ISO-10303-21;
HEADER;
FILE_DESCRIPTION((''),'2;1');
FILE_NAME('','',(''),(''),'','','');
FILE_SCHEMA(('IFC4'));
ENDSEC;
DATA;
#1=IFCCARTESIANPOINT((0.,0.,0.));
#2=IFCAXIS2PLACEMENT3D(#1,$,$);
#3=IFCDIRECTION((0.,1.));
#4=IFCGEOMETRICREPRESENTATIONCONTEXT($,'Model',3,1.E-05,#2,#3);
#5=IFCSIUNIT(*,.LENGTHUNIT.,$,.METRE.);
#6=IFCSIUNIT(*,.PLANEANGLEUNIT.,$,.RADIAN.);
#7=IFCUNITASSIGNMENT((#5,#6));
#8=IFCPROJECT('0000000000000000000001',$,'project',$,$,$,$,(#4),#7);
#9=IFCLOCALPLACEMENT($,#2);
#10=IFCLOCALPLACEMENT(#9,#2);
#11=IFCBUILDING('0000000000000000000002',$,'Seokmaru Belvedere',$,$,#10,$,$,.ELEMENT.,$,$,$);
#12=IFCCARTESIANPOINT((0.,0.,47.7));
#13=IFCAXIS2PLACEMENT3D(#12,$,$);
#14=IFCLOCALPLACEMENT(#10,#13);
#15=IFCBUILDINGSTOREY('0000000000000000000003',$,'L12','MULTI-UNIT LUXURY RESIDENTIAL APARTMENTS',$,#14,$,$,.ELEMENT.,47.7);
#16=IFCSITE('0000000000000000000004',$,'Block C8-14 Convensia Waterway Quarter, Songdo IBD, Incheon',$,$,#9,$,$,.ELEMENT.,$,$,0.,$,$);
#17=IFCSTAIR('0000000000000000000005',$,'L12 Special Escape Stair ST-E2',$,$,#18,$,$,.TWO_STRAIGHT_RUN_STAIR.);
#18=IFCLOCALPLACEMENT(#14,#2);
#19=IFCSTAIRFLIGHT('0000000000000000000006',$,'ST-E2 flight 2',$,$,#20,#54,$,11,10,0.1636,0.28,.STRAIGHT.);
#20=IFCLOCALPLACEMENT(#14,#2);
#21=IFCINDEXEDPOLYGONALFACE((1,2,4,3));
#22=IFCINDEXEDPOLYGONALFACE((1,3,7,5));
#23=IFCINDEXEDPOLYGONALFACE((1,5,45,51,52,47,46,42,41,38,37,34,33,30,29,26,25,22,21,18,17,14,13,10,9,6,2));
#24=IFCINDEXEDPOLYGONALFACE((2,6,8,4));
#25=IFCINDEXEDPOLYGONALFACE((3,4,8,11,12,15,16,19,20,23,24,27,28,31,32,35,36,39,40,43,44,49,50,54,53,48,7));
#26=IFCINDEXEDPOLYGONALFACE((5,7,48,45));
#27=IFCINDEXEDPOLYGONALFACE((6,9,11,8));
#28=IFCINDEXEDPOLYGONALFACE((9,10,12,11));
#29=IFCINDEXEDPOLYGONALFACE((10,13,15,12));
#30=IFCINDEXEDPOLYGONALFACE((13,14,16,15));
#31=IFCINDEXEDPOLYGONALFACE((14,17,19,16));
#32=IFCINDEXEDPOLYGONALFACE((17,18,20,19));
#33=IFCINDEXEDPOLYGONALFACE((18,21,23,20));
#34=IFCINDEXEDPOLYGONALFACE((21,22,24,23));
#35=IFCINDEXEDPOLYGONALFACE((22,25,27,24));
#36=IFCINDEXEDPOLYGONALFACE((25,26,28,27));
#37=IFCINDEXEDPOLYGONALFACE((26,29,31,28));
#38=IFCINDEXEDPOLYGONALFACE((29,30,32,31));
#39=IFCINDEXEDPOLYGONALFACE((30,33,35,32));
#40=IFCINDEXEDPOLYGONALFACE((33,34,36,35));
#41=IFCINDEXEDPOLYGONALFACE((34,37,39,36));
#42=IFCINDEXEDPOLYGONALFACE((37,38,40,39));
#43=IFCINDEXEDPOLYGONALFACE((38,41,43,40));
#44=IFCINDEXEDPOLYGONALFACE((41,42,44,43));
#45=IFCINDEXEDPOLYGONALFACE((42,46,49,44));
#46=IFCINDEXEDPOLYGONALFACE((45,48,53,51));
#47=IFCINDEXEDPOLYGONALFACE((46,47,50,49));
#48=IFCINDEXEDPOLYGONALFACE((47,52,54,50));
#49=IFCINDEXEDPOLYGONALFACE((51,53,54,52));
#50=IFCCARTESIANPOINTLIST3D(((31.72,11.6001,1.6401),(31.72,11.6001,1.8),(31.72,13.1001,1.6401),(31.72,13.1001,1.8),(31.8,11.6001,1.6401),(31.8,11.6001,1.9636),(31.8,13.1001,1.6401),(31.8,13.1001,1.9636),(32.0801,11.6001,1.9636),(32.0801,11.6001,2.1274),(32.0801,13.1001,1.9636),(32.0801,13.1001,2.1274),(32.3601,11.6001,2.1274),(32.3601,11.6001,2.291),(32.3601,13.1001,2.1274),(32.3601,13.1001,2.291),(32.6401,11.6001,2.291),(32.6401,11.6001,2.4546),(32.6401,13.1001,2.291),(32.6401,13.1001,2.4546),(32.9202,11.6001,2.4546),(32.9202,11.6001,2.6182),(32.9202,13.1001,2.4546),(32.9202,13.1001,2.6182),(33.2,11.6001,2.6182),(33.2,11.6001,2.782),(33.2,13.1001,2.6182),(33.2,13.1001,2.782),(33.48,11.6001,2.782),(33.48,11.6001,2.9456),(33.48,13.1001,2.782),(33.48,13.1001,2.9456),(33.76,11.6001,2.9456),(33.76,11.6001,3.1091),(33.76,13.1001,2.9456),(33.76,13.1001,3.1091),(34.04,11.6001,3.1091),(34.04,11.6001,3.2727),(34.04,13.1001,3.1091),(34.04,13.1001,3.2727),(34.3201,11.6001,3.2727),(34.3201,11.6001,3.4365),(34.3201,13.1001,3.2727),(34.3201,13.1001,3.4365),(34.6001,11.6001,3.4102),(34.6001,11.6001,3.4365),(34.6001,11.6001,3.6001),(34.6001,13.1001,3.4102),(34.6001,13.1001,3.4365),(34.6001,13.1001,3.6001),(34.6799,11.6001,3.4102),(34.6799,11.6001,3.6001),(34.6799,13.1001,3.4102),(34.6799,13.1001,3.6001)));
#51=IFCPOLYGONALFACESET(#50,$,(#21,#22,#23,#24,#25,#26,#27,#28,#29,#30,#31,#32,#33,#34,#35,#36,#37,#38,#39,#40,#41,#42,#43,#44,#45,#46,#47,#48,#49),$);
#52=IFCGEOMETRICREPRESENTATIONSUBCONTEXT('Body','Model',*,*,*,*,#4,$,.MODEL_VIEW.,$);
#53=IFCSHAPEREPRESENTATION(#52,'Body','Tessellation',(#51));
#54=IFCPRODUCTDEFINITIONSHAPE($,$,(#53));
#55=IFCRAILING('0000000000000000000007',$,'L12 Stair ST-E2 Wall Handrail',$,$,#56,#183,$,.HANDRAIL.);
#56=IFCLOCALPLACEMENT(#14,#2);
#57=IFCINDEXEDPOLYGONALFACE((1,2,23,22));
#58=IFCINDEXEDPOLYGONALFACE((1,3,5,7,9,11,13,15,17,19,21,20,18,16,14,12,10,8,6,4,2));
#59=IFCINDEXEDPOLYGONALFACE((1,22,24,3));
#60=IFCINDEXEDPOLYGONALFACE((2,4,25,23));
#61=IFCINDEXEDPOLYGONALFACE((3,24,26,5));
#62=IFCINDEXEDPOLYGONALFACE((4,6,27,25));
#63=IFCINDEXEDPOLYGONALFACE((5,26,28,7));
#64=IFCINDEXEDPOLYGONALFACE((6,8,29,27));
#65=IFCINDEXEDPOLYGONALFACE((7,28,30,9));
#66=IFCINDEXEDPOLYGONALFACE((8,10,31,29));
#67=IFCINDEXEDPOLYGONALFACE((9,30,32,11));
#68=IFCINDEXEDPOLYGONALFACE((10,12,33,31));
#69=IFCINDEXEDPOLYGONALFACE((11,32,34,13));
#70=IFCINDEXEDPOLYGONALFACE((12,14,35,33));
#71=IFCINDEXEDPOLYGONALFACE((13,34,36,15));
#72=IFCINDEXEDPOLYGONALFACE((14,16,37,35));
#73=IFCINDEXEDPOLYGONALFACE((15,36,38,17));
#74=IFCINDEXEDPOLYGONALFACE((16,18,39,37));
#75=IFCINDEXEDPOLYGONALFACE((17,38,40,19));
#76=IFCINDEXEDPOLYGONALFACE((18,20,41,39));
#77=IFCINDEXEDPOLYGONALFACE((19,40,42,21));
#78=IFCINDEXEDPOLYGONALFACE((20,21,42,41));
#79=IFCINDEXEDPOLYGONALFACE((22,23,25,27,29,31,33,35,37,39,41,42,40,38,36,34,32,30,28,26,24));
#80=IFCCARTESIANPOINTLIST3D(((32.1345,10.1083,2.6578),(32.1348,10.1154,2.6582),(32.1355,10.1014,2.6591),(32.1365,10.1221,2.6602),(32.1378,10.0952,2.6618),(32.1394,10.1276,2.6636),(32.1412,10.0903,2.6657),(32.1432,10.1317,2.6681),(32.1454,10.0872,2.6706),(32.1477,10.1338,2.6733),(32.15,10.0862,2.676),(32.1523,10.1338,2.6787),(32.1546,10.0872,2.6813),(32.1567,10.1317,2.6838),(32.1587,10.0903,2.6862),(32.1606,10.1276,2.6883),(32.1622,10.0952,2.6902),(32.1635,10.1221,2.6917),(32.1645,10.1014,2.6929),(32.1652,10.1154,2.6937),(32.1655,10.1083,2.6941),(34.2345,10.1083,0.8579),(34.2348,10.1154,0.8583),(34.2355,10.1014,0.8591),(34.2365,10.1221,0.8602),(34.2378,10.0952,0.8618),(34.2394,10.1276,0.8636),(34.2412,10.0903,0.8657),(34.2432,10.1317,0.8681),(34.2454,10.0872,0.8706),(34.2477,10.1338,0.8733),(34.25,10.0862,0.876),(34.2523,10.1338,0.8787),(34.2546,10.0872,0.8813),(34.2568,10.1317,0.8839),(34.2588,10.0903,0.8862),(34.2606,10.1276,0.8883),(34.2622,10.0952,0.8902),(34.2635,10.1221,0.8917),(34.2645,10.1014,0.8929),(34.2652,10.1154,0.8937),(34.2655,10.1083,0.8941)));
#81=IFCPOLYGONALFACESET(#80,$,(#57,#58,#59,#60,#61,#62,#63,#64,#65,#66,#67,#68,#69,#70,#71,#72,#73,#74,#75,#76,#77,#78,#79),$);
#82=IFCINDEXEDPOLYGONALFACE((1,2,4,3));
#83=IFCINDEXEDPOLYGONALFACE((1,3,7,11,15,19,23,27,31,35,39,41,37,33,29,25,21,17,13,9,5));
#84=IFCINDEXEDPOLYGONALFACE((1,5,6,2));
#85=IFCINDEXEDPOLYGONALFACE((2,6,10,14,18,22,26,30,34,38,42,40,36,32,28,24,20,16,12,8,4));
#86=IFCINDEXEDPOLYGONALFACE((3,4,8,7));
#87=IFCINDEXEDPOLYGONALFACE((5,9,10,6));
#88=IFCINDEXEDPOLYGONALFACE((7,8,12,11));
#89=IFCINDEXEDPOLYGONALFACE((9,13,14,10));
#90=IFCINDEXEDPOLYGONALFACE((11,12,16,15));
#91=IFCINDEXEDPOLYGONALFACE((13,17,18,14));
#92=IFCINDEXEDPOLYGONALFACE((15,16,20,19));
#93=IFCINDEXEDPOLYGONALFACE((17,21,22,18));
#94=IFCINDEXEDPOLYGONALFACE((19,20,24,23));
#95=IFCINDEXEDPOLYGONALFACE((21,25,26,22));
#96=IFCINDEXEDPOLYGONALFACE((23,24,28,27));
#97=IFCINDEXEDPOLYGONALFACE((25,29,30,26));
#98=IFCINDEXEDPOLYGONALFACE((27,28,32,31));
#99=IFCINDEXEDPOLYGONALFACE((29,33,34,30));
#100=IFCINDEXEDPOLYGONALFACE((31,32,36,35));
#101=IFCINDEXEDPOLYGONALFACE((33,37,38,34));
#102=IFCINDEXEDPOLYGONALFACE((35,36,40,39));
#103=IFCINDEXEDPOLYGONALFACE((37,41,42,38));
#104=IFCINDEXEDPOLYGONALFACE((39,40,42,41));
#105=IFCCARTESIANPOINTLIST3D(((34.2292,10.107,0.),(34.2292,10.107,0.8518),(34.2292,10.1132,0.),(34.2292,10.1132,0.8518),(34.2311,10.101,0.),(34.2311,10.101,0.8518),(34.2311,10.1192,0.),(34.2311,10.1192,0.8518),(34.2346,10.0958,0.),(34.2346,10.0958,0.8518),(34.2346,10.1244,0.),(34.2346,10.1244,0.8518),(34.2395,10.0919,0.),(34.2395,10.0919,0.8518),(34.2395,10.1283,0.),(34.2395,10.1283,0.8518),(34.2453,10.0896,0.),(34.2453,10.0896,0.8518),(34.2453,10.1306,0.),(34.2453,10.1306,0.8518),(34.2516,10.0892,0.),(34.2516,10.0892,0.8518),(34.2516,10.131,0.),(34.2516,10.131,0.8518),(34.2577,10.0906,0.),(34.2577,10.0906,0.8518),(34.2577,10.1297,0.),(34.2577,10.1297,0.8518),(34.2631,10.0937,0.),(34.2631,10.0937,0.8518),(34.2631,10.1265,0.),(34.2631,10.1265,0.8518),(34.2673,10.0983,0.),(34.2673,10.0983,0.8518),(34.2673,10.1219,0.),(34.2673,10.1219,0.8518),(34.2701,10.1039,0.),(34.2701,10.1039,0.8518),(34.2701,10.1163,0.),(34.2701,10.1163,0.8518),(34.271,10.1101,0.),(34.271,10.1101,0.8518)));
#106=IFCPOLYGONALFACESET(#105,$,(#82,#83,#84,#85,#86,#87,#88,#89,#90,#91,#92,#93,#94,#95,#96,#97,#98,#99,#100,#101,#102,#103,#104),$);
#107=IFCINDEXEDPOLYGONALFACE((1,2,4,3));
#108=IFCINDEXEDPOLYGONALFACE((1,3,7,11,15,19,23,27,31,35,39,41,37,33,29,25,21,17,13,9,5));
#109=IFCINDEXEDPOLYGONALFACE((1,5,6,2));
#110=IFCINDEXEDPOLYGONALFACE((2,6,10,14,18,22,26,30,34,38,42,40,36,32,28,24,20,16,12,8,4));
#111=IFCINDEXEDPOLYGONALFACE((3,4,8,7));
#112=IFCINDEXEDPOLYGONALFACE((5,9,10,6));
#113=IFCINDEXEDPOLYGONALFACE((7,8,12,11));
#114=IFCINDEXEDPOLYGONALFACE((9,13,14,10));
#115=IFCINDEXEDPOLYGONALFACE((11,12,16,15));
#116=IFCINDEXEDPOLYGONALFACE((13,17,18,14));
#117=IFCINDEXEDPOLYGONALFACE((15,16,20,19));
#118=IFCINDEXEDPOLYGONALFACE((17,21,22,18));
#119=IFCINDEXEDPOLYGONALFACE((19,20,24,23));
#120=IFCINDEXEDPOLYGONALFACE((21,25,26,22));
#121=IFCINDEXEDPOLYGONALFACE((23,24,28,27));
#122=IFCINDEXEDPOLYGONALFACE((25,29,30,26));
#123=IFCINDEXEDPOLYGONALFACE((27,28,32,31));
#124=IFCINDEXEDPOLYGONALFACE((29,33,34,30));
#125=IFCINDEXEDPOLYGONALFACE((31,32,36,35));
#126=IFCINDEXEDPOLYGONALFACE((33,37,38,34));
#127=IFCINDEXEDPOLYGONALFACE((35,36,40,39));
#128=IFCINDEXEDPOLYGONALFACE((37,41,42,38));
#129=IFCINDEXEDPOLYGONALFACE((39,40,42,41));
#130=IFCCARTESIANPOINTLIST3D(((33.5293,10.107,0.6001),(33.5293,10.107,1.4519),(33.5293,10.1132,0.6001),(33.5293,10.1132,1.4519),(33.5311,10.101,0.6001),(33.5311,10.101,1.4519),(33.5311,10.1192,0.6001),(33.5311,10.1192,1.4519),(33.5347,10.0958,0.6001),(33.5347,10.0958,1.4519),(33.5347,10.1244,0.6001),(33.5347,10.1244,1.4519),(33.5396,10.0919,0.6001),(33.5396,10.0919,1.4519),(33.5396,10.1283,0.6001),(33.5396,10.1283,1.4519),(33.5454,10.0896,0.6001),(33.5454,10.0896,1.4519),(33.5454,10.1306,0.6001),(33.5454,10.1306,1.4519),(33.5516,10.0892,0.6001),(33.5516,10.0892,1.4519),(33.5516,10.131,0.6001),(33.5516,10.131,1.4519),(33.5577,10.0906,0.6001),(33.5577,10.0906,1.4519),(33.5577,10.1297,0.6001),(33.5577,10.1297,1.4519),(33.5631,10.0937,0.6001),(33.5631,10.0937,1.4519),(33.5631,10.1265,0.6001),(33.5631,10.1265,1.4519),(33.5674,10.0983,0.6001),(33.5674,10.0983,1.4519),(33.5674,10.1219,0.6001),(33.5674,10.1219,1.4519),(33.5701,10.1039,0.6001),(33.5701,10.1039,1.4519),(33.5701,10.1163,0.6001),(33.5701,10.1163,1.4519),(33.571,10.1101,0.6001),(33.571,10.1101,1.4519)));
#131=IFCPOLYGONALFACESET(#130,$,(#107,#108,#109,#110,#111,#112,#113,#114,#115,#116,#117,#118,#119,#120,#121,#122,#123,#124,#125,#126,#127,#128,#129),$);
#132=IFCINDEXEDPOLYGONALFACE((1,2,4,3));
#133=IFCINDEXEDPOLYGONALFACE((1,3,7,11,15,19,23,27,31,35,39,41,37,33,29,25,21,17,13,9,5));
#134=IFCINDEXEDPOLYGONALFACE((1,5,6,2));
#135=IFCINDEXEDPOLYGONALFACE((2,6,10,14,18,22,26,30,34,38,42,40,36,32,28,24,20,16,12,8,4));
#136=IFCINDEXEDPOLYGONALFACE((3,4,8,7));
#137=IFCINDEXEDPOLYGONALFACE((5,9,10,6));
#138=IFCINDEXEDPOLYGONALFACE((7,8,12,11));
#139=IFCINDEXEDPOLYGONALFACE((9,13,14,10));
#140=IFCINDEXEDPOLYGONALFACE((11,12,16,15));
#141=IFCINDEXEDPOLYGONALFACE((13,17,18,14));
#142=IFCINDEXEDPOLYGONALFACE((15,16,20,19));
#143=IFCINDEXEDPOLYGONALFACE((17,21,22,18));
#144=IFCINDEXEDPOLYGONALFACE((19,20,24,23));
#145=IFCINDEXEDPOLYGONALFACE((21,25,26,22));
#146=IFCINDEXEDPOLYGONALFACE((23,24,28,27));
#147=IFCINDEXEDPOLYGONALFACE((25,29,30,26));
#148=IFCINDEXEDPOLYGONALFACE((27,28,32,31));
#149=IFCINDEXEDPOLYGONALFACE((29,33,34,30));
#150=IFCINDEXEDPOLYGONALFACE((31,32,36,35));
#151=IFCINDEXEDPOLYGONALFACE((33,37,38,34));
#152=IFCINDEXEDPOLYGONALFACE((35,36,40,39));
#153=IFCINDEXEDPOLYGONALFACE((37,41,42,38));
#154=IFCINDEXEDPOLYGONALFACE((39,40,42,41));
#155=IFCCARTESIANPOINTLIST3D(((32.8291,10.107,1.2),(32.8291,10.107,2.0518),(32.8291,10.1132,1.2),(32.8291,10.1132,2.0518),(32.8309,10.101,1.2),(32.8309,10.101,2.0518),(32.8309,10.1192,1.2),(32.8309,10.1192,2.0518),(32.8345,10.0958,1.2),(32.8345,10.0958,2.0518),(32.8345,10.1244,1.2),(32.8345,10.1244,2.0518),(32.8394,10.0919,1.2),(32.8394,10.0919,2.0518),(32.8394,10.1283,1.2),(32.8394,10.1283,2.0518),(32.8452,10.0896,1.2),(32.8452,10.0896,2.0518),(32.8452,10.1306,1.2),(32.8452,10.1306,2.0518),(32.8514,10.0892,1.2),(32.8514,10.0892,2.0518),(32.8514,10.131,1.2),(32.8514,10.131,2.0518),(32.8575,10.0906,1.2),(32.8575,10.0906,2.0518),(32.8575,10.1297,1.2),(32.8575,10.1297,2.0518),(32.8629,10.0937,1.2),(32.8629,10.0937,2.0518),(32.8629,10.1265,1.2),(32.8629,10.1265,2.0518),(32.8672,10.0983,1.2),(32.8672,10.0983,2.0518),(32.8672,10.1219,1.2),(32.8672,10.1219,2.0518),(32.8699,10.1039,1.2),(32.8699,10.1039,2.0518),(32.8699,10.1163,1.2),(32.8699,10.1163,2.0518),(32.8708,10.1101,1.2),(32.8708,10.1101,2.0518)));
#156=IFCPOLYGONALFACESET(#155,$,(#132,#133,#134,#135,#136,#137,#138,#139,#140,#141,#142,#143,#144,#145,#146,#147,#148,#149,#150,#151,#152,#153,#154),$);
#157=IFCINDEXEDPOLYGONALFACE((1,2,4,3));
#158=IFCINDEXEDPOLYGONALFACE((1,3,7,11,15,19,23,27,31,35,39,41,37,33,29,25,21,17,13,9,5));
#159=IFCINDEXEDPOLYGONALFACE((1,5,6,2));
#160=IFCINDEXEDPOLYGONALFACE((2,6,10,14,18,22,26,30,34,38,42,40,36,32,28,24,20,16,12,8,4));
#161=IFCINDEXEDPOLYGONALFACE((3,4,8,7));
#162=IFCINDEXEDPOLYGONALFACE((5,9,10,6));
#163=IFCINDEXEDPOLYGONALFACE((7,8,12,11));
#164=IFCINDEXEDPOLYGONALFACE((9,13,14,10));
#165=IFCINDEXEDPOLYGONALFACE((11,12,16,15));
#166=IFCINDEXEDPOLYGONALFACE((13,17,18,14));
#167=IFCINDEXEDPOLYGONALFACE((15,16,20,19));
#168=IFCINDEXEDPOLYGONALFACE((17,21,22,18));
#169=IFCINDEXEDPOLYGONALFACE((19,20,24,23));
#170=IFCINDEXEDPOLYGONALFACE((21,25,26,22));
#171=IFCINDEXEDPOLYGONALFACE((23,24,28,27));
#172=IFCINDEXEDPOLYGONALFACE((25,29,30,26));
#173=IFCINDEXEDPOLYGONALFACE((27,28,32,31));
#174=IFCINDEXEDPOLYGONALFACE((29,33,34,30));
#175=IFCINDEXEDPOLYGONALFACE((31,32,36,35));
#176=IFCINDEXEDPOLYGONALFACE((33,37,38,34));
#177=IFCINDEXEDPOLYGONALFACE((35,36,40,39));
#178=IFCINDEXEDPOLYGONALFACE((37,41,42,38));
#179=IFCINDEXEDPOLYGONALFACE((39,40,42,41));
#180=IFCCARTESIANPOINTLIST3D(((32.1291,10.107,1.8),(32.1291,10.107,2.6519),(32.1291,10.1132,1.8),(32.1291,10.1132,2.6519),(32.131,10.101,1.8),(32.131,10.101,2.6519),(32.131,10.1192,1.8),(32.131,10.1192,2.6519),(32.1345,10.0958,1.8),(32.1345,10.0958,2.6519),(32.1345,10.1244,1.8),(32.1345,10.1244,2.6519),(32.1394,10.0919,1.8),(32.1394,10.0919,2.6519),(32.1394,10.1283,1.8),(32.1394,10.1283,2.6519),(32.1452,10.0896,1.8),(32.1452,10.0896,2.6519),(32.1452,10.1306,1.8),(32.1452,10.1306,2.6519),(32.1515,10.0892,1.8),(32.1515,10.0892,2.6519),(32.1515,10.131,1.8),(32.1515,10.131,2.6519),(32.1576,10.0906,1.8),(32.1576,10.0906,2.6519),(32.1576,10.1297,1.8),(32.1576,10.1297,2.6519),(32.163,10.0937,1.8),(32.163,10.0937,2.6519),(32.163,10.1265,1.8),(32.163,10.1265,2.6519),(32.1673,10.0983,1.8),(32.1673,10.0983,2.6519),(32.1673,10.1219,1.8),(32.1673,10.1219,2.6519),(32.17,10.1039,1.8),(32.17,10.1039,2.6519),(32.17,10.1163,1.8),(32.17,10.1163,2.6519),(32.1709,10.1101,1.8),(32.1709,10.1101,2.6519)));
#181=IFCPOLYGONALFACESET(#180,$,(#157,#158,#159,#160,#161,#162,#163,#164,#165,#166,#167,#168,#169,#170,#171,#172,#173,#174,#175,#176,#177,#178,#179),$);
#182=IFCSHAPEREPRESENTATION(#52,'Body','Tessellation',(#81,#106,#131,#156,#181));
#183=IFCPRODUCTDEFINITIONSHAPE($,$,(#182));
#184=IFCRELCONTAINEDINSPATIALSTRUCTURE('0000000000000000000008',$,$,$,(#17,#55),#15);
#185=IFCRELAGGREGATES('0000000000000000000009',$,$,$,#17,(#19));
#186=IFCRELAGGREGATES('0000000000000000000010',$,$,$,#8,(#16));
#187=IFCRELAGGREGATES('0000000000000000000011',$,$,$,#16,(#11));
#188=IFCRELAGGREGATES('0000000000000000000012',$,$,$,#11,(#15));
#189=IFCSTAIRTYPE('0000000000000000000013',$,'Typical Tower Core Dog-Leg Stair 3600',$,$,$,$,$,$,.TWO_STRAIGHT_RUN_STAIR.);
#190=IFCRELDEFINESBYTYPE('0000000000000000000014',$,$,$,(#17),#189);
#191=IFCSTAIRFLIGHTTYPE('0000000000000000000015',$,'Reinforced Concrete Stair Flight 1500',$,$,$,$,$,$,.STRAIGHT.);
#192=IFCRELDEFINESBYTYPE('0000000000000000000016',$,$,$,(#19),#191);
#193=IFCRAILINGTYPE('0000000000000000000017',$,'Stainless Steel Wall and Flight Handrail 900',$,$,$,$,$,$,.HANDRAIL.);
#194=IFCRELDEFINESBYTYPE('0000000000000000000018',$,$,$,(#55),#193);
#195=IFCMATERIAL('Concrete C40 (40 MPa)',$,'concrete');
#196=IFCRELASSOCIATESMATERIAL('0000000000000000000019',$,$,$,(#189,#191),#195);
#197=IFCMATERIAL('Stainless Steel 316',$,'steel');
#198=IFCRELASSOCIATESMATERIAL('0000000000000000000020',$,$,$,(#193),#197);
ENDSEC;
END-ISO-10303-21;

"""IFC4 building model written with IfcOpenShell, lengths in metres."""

from ifc_helpers import new_model, si_unit, direction, frame, origin, origin_2d, place, context, subcontext, project, spatial, polyline, circle, outline, extrude, material, type_object, element, aggregate, save


model = new_model("IFC4")

# Units and contexts
model_context = context("Model", 3, precision=1e-05, world=origin(), true_north=direction((0.0, 1.0)))
body_context = subcontext(model_context, "Body", "Model", "MODEL_VIEW")
ifc_project = project(units=[si_unit("LENGTHUNIT", "METRE"), si_unit("PLANEANGLEUNIT", "RADIAN")], contexts=[model_context])

# Site, building, storey
site_placement = place(None, origin())
site = spatial("IfcSite", under=ifc_project, at=site_placement, Name="Block C8-14 Convensia Waterway Quarter, Songdo IBD, Incheon", CompositionType="ELEMENT", RefElevation=0.0)
building_placement = place(site_placement, origin())
building = spatial("IfcBuilding", under=site, at=building_placement, Name="Seokmaru Belvedere", CompositionType="ELEMENT")
storey_placement = place(building_placement, frame((0.0, 0.0, 47.7)))
storey = spatial("IfcBuildingStorey", under=building, at=storey_placement, Name="L12", Description="MULTI-UNIT LUXURY RESIDENTIAL APARTMENTS", CompositionType="ELEMENT", Elevation=47.7)

# Stair, stair flight
ifc_material_1 = material(Name="Concrete C40 (40 MPa)", Category="concrete")
stair_type = type_object("IfcStairType", Name="Typical Tower Core Dog-Leg Stair 3600", PredefinedType="TWO_STRAIGHT_RUN_STAIR", material=ifc_material_1)
stair_placement = place(storey_placement, origin())
stair = element("IfcStair", 1, at=stair_placement, inside=storey, type_object=stair_type, Name="L12 Special Escape Stair ST-E2", PredefinedType="TWO_STRAIGHT_RUN_STAIR")
stair_flight_type = type_object("IfcStairFlightType", Name="Reinforced Concrete Stair Flight 1500", PredefinedType="STRAIGHT", material=ifc_material_1)
stair_flight_1_placement = place(storey_placement, frame((31.8, 12.3501, 1.8), z_axis=(0.0, 0.0, 1.0), x_axis=(1.0, 0.0, 0.0)))
stair_flight_1 = element("IfcStairFlight", 2, at=stair_flight_1_placement, type_object=stair_flight_type, Name="ST-E2 flight 2", NumberOfRisers=11, NumberOfTreads=10, PredefinedType="STRAIGHT", RiserHeight=0.1636, TreadLength=0.28, context=body_context, shape_type="SweptSolid", body=[
    extrude(outline(polyline([(-0.0801, 0.0), (0.0, 0.1636), (0.28, 0.1636), (0.28, 0.3274), (0.5601, 0.3274), (0.5601, 0.491), (0.8401, 0.491), (0.8401, 0.6545), (1.1201, 0.6545), (1.1201, 0.8181), (1.3999, 0.8181), (1.3999, 0.9819), (1.6799, 0.9819), (1.6799, 1.1455), (1.96, 1.1455), (1.96, 1.3091), (2.24, 1.3091), (2.24, 1.4727), (2.52, 1.4727), (2.52, 1.6365), (2.8, 1.6365), (2.8, 1.8), (2.8799, 1.8), (2.8799, 1.6101), (2.8, 1.6101), (0.0, -0.1599), (-0.0801, -0.1599), (-0.0801, 0.0)])), frame((0.0, 0.75, 0.0), z_axis=(0.0, -1.0, 0.0), x_axis=(1.0, 0.0, 0.0)), (0.0, 0.0, 1.0), 1.5),
])
aggregate(stair, [stair_flight_1])

# Railing
ifc_material_2 = material(Name="Stainless Steel 316", Category="steel")
railing_type_1 = type_object("IfcRailingType", Name="Stainless Steel Wall and Flight Handrail 900", PredefinedType="HANDRAIL", material=ifc_material_2)
railing_1_placement = place(storey_placement, frame((34.25, 10.1101, 0.0)))
element("IfcRailing", 3, at=railing_1_placement, inside=storey, type_object=railing_type_1, Name="L12 Stair ST-E2 Wall Handrail", PredefinedType="HANDRAIL", context=body_context, shape_type="SweptSolid", body=[
    extrude(circle(Radius=0.0239, at=origin_2d()), frame((0.0, 0.0, 0.876), z_axis=(-0.759263, 0.0, 0.650784), x_axis=(0.0, -1.0, 0.0)), (0.0, 0.0, 1.0), 2.7659),
    extrude(circle(Radius=0.021, at=origin_2d()), origin(), (0.0, 0.0, 1.0), 0.8518),
    extrude(circle(Radius=0.021, at=origin_2d()), frame((-0.7, 0.0, 0.6001)), (0.0, 0.0, 1.0), 0.8518),
    extrude(circle(Radius=0.021, at=origin_2d()), frame((-1.4001, 0.0, 1.2)), (0.0, 0.0, 1.0), 0.8518),
    extrude(circle(Radius=0.021, at=origin_2d()), frame((-2.1001, 0.0, 1.8)), (0.0, 0.0, 1.0), 0.8518),
])

save(model, "model.ifc")
